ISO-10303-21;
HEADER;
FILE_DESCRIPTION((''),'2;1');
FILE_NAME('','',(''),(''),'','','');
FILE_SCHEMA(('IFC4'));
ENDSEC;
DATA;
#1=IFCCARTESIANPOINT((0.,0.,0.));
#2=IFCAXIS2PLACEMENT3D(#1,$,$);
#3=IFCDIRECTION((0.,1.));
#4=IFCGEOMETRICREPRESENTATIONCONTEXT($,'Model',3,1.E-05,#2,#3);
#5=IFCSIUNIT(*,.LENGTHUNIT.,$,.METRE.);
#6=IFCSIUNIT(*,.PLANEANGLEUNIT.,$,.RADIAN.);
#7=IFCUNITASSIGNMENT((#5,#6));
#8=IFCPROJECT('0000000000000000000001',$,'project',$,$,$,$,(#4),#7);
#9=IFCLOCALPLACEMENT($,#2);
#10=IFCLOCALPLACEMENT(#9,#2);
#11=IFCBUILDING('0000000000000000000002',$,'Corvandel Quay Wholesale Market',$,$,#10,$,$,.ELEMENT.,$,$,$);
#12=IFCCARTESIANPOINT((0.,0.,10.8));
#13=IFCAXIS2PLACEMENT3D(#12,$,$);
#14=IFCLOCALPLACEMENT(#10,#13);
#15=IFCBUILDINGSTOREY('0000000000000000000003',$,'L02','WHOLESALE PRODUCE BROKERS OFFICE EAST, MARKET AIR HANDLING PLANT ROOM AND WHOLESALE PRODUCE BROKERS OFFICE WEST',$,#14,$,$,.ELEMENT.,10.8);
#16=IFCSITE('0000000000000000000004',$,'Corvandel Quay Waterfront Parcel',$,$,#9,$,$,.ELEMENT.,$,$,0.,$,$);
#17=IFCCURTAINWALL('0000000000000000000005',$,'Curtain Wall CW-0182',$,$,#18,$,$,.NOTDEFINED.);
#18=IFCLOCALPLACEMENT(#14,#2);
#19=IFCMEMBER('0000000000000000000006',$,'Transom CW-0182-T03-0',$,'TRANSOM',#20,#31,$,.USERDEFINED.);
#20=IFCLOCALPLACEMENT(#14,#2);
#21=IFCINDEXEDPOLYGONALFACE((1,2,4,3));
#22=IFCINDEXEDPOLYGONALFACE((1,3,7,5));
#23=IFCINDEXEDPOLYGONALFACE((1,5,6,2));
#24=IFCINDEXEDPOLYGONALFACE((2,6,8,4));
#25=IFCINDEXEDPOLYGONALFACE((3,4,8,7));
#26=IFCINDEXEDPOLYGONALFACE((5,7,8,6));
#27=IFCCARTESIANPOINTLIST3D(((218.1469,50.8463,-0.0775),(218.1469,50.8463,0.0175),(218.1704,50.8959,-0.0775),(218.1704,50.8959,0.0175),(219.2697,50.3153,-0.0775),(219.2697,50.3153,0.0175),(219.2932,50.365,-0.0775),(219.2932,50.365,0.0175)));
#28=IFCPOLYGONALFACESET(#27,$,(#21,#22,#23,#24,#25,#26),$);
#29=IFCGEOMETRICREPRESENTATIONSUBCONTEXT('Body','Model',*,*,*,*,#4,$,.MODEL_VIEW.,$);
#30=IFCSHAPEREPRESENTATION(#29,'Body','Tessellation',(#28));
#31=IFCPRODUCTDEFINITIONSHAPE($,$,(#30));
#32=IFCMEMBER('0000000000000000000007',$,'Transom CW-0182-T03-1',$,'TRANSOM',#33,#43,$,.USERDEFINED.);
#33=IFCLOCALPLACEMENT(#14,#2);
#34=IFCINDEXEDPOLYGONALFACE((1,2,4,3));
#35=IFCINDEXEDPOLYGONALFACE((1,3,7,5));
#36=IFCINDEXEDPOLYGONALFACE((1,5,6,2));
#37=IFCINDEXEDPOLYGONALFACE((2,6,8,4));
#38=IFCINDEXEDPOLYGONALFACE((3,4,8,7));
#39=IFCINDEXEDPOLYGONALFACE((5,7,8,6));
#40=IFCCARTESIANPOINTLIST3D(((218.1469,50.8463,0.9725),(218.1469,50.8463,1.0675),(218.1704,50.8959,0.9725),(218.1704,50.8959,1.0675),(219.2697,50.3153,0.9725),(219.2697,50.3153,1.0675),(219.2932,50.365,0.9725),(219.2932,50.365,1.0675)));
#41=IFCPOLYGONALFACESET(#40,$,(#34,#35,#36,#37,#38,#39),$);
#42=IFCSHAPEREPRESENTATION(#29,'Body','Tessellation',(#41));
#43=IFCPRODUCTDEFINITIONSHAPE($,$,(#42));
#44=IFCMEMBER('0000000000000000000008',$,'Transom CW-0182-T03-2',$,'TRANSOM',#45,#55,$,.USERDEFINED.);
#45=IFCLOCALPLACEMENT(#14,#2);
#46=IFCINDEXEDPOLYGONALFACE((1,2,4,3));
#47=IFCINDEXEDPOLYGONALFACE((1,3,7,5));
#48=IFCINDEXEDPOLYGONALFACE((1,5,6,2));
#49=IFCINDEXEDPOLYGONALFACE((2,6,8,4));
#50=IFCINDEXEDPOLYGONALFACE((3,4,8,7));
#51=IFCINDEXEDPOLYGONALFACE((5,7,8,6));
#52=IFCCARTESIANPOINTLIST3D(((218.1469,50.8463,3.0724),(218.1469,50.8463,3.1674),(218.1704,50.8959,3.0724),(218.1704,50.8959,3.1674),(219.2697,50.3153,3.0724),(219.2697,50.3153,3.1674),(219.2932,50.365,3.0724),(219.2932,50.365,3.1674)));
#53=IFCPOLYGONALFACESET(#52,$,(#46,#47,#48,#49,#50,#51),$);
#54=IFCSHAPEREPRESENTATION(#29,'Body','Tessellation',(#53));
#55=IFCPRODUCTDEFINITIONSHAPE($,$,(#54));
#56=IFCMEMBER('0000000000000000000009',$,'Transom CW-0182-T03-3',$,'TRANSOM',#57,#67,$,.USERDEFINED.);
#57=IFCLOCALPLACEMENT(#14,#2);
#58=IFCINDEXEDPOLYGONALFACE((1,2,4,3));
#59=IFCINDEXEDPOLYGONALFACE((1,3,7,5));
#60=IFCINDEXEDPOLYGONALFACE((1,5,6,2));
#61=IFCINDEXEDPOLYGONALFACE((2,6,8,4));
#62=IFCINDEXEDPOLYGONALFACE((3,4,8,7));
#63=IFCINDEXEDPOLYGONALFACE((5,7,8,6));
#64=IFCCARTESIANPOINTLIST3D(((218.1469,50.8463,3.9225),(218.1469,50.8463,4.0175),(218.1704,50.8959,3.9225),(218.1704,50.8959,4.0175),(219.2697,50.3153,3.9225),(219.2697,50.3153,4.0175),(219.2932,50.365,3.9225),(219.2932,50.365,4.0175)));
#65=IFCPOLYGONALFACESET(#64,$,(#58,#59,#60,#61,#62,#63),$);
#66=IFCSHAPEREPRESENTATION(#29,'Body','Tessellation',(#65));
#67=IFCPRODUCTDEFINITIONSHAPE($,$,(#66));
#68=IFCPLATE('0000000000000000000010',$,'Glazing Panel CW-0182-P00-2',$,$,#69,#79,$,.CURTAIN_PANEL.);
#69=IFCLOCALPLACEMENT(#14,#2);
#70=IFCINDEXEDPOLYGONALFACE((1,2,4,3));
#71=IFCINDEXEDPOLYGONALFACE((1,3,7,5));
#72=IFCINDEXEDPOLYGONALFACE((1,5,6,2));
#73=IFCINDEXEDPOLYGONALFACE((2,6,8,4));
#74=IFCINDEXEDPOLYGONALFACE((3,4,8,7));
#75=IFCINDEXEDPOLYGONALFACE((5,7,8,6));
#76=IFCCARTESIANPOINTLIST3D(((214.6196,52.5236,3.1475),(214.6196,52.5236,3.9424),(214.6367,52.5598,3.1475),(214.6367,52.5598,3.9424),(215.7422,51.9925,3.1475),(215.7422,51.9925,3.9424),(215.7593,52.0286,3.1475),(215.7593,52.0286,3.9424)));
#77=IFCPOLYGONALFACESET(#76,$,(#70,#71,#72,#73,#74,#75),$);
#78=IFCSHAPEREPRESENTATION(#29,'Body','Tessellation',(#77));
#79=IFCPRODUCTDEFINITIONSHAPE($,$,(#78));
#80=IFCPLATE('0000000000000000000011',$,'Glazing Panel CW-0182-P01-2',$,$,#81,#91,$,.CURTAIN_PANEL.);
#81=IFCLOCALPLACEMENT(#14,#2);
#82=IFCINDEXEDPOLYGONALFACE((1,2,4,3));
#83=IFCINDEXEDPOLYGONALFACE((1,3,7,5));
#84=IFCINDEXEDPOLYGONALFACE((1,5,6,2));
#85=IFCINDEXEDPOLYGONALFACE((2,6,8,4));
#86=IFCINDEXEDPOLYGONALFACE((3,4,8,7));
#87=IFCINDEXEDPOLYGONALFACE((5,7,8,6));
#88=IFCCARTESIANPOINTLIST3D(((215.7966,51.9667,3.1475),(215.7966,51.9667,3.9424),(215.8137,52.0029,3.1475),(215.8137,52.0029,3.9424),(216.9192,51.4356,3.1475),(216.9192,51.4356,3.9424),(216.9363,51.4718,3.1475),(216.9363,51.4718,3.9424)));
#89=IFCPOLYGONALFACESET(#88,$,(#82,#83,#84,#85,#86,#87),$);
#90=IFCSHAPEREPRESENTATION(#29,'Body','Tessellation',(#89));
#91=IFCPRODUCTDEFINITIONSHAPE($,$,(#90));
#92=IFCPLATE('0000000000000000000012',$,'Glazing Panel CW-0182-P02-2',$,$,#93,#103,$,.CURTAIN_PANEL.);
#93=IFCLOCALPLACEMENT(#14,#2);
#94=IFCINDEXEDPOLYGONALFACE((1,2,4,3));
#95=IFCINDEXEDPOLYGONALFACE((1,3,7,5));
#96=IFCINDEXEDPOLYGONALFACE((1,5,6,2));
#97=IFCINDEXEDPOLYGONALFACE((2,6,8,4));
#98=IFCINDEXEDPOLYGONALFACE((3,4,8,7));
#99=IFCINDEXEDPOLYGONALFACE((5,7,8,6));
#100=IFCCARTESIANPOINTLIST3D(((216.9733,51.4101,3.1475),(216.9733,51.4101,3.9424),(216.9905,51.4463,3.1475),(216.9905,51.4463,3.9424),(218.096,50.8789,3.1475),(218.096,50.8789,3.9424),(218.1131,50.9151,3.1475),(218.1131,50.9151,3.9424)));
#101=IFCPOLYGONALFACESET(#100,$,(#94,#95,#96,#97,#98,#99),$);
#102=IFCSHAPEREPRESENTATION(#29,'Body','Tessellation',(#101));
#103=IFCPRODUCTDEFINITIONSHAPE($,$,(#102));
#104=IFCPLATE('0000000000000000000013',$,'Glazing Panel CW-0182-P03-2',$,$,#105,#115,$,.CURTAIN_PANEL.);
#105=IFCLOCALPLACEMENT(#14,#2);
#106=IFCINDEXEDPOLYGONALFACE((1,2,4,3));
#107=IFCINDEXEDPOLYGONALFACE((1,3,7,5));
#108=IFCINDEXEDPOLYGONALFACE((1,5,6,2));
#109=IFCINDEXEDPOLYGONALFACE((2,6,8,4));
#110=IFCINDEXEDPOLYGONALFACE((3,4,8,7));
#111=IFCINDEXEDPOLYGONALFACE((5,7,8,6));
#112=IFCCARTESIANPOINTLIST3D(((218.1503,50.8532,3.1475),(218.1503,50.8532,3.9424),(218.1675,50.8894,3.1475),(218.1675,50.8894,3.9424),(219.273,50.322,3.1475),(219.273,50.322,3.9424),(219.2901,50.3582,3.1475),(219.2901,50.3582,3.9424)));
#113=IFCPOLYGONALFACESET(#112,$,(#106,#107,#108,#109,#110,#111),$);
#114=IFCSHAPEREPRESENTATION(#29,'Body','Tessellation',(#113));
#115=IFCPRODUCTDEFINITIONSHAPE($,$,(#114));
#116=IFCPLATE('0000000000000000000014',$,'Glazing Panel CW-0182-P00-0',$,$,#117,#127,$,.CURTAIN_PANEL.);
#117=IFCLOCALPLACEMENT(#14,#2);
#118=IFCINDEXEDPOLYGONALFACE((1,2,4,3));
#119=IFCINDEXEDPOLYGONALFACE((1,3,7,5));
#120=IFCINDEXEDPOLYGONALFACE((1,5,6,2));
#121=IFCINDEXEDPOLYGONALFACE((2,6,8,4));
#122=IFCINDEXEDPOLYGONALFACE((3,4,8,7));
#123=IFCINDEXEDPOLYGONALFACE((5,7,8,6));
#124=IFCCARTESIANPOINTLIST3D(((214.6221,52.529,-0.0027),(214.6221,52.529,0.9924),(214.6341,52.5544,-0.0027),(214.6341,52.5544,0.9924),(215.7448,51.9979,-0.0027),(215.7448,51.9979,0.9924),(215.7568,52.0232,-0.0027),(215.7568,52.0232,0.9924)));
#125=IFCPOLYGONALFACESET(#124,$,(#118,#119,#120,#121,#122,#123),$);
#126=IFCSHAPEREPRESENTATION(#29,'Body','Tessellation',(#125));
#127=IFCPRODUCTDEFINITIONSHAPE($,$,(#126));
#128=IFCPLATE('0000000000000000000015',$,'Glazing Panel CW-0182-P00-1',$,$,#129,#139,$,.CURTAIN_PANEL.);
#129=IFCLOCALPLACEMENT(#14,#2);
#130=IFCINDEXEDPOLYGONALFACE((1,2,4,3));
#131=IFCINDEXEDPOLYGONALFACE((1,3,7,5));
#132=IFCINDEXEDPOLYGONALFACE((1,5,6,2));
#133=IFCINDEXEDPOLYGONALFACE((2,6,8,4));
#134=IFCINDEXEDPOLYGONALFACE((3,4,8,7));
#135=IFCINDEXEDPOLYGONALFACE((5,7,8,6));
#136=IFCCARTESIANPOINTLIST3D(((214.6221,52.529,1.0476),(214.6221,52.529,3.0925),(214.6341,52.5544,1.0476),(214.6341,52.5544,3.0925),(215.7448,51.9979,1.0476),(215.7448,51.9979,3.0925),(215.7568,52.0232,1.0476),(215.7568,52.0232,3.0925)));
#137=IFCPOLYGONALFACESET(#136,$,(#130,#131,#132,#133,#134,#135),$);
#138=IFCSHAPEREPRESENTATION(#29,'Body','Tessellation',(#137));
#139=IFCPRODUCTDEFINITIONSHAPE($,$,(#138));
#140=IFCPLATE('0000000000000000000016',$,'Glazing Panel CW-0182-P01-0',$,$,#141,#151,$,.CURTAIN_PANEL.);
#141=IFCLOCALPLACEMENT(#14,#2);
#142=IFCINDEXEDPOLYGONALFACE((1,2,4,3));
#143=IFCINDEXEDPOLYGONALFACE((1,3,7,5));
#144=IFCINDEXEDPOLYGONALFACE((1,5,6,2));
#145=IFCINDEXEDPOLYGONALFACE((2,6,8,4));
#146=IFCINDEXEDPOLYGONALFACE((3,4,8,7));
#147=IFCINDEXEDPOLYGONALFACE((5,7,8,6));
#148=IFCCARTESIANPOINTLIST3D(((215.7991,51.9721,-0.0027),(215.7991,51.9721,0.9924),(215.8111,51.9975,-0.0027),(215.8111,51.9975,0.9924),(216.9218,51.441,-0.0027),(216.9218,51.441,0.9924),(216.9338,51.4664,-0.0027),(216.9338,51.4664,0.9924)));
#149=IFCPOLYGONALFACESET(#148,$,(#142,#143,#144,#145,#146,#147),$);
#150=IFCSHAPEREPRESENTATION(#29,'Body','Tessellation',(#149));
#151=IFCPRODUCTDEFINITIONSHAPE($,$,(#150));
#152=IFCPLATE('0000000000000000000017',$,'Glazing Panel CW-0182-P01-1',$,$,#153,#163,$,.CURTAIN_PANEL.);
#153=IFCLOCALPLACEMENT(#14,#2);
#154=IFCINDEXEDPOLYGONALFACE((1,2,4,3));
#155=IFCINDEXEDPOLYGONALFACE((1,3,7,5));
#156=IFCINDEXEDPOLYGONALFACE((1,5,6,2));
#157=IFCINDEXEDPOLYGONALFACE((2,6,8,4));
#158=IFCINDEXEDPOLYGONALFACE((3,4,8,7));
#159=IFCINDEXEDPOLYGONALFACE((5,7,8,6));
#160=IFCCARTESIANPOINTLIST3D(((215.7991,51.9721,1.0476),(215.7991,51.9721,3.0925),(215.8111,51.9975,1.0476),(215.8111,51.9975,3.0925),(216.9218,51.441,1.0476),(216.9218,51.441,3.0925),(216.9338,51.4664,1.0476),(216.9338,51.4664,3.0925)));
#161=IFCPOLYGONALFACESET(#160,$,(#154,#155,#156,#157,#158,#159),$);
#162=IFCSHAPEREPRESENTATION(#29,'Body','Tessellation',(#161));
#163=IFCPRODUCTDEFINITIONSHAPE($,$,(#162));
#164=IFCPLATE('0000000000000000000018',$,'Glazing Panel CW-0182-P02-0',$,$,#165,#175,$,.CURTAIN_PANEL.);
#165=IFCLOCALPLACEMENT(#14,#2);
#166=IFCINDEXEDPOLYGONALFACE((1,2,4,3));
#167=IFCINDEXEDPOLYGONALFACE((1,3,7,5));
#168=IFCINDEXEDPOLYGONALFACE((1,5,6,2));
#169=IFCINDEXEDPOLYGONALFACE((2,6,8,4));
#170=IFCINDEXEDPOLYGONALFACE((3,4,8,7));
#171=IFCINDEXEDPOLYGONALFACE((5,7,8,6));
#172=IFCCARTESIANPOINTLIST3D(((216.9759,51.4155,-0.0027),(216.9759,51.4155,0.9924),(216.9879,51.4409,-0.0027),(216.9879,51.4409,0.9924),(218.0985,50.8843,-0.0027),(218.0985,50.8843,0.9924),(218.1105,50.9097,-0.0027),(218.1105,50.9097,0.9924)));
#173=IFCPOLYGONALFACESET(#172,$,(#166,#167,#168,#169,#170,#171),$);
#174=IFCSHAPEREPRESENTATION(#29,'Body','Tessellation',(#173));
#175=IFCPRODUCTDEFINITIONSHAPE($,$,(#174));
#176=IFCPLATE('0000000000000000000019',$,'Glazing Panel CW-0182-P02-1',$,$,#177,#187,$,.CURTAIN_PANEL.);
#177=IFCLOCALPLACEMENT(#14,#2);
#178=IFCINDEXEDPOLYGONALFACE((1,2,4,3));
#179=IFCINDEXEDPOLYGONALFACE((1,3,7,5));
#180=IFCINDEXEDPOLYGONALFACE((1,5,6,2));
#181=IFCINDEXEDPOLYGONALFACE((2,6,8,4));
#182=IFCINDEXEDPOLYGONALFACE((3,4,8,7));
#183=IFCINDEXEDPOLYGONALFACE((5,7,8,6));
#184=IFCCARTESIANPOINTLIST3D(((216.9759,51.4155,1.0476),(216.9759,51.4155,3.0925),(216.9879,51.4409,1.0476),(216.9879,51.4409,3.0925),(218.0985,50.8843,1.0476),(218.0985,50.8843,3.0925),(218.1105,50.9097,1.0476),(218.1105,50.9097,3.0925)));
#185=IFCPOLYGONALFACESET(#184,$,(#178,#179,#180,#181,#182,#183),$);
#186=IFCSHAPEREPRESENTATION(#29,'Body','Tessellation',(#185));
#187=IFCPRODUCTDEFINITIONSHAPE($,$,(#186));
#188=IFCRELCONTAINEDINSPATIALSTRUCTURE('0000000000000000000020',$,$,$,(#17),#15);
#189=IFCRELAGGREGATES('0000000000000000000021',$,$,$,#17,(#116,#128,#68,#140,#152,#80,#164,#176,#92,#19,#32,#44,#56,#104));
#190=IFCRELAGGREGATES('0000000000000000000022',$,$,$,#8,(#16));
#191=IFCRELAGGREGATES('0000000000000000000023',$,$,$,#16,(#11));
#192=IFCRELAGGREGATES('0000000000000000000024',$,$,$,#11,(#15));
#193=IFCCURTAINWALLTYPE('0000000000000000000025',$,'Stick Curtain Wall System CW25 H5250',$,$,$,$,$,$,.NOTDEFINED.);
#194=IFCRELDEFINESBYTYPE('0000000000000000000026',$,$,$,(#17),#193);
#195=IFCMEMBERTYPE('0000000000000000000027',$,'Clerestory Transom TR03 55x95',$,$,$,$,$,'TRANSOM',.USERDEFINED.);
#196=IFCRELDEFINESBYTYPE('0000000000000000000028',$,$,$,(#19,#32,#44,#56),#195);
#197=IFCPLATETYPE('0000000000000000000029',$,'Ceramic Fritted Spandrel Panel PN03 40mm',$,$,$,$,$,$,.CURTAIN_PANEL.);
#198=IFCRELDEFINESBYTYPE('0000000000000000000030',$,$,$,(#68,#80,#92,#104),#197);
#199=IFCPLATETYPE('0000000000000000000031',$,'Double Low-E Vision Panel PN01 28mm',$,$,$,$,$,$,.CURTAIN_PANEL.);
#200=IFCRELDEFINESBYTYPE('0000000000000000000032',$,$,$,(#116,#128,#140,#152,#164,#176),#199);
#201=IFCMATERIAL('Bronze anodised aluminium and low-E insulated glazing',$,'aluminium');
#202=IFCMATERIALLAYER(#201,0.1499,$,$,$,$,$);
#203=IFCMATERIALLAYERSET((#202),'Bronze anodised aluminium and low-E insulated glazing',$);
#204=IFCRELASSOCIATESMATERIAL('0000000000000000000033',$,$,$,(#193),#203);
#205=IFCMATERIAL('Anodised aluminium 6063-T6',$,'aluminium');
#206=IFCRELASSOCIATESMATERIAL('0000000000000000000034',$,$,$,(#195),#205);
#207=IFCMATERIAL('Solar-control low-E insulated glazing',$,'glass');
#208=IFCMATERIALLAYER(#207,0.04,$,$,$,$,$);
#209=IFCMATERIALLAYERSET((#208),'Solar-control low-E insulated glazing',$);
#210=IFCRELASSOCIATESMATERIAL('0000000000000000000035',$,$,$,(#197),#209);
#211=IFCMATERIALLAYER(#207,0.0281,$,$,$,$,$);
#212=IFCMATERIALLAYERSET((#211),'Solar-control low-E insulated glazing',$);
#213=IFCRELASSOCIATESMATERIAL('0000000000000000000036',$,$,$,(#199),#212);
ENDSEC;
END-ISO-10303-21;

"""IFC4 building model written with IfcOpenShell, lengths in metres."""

from ifc_helpers import new_model, si_unit, direction, frame, origin, origin_2d, place, context, subcontext, project, spatial, rectangle, extrude, material, layer, layer_set, material_profile, profile_set, type_object, element, aggregate, save


model = new_model("IFC4")

# Units and contexts
model_context = context("Model", 3, precision=1e-05, world=origin(), true_north=direction((0.0, 1.0)))
body_context = subcontext(model_context, "Body", "Model", "MODEL_VIEW")
ifc_project = project(units=[si_unit("LENGTHUNIT", "METRE"), si_unit("PLANEANGLEUNIT", "RADIAN")], contexts=[model_context])

# Site, building, storey
site_placement = place(None, origin())
site = spatial("IfcSite", under=ifc_project, at=site_placement, Name="Corvandel Quay Waterfront Parcel", CompositionType="ELEMENT", RefElevation=0.0)
building_placement = place(site_placement, origin())
building = spatial("IfcBuilding", under=site, at=building_placement, Name="Corvandel Quay Wholesale Market", CompositionType="ELEMENT")
storey_placement = place(building_placement, frame((0.0, 0.0, 10.8)))
storey = spatial("IfcBuildingStorey", under=building, at=storey_placement, Name="L02", Description="WHOLESALE PRODUCE BROKERS OFFICE EAST, MARKET AIR HANDLING PLANT ROOM AND WHOLESALE PRODUCE BROKERS OFFICE WEST", CompositionType="ELEMENT", Elevation=10.8)

# Curtain wall, members, plates
ifc_material_1 = material(Name="Bronze anodised aluminium and low-E insulated glazing", Category="aluminium")
ifc_layer_1 = layer(ifc_material_1, 0.1499)
ifc_layer_set_1 = layer_set([ifc_layer_1], Name="Bronze anodised aluminium and low-E insulated glazing")
curtain_wall_type = type_object("IfcCurtainWallType", Name="Stick Curtain Wall System CW25 H5250", PredefinedType="NOTDEFINED", material=ifc_layer_set_1)
curtain_wall_placement = place(storey_placement, origin())
curtain_wall = element("IfcCurtainWall", 1, at=curtain_wall_placement, inside=storey, type_object=curtain_wall_type, Name="Curtain Wall CW-0182", PredefinedType="NOTDEFINED")
ifc_material_2 = material(Name="Anodised aluminium 6063-T6", Category="aluminium")
ifc_material_profile_1 = material_profile(ifc_material_2, rectangle(XDim=0.0549, YDim=0.095, at=origin_2d()), Name="ALU-TRN-55x95")
ifc_profile_set_1 = profile_set([ifc_material_profile_1], Name="Anodised aluminium 6063-T6")
member_type_1 = type_object("IfcMemberType", Name="Clerestory Transom TR03 55x95", ElementType="TRANSOM", PredefinedType="USERDEFINED", material=ifc_profile_set_1)
member_1_placement = place(storey_placement, frame((218.1587, 50.8711, -0.03), z_axis=(0.904002, -0.427529, 0.0), x_axis=(0.427529, 0.904002, 0.0)))
member_1 = element("IfcMember", 2, at=member_1_placement, type_object=member_type_1, Name="Transom CW-0182-T03-0", ObjectType="TRANSOM", PredefinedType="USERDEFINED", context=body_context, shape_type="SweptSolid", body=[
    extrude(rectangle(XDim=0.0549, YDim=0.095, at=origin_2d()), origin(), (0.0, 0.0, 1.0), 1.2419),
])
member_2_placement = place(storey_placement, frame((218.1587, 50.8711, 1.02), z_axis=(0.904002, -0.427529, 0.0), x_axis=(0.427529, 0.904002, 0.0)))
member_2 = element("IfcMember", 3, at=member_2_placement, type_object=member_type_1, Name="Transom CW-0182-T03-1", ObjectType="TRANSOM", PredefinedType="USERDEFINED", context=body_context, shape_type="SweptSolid", body=[
    extrude(rectangle(XDim=0.0549, YDim=0.095, at=origin_2d()), origin(), (0.0, 0.0, 1.0), 1.2419),
])
member_3_placement = place(storey_placement, frame((218.1587, 50.8711, 3.1199), z_axis=(0.904002, -0.427529, 0.0), x_axis=(0.427529, 0.904002, 0.0)))
member_3 = element("IfcMember", 4, at=member_3_placement, type_object=member_type_1, Name="Transom CW-0182-T03-2", ObjectType="TRANSOM", PredefinedType="USERDEFINED", context=body_context, shape_type="SweptSolid", body=[
    extrude(rectangle(XDim=0.0549, YDim=0.095, at=origin_2d()), origin(), (0.0, 0.0, 1.0), 1.2419),
])
member_4_placement = place(storey_placement, frame((218.1587, 50.8711, 3.97), z_axis=(0.904002, -0.427529, 0.0), x_axis=(0.427529, 0.904002, 0.0)))
member_4 = element("IfcMember", 5, at=member_4_placement, type_object=member_type_1, Name="Transom CW-0182-T03-3", ObjectType="TRANSOM", PredefinedType="USERDEFINED", context=body_context, shape_type="SweptSolid", body=[
    extrude(rectangle(XDim=0.0549, YDim=0.095, at=origin_2d()), origin(), (0.0, 0.0, 1.0), 1.2419),
])
ifc_material_3 = material(Name="Solar-control low-E insulated glazing", Category="glass")
ifc_layer_2 = layer(ifc_material_3, 0.04)
ifc_layer_set_2 = layer_set([ifc_layer_2], Name="Solar-control low-E insulated glazing")
plate_type_1 = type_object("IfcPlateType", Name="Ceramic Fritted Spandrel Panel PN03 40mm", PredefinedType="CURTAIN_PANEL", material=ifc_layer_set_2)
plate_1_placement = place(storey_placement, frame((215.1895, 52.2761, 3.1475), z_axis=(0.0, 0.0, 1.0), x_axis=(-0.903933, 0.427673, 0.0)))
plate_1 = element("IfcPlate", 6, at=plate_1_placement, type_object=plate_type_1, Name="Glazing Panel CW-0182-P00-2", PredefinedType="CURTAIN_PANEL", context=body_context, shape_type="SweptSolid", body=[
    extrude(rectangle(XDim=1.2419, YDim=0.04, at=origin_2d()), origin(), (0.0, 0.0, 1.0), 0.7949),
])
plate_2_placement = place(storey_placement, frame((216.3665, 51.7192, 3.1475), z_axis=(0.0, 0.0, 1.0), x_axis=(-0.903933, 0.427673, 0.0)))
plate_2 = element("IfcPlate", 7, at=plate_2_placement, type_object=plate_type_1, Name="Glazing Panel CW-0182-P01-2", PredefinedType="CURTAIN_PANEL", context=body_context, shape_type="SweptSolid", body=[
    extrude(rectangle(XDim=1.2419, YDim=0.04, at=origin_2d()), origin(), (0.0, 0.0, 1.0), 0.7949),
])
plate_3_placement = place(storey_placement, frame((217.5432, 51.1626, 3.1475), z_axis=(0.0, 0.0, 1.0), x_axis=(-0.903933, 0.427673, 0.0)))
plate_3 = element("IfcPlate", 8, at=plate_3_placement, type_object=plate_type_1, Name="Glazing Panel CW-0182-P02-2", PredefinedType="CURTAIN_PANEL", context=body_context, shape_type="SweptSolid", body=[
    extrude(rectangle(XDim=1.2419, YDim=0.04, at=origin_2d()), origin(), (0.0, 0.0, 1.0), 0.7949),
])
plate_4_placement = place(storey_placement, frame((218.7202, 50.6057, 3.1475), z_axis=(0.0, 0.0, 1.0), x_axis=(-0.903933, 0.427673, 0.0)))
plate_4 = element("IfcPlate", 9, at=plate_4_placement, type_object=plate_type_1, Name="Glazing Panel CW-0182-P03-2", PredefinedType="CURTAIN_PANEL", context=body_context, shape_type="SweptSolid", body=[
    extrude(rectangle(XDim=1.2419, YDim=0.04, at=origin_2d()), origin(), (0.0, 0.0, 1.0), 0.7949),
])
ifc_layer_3 = layer(ifc_material_3, 0.0281)
ifc_layer_set_3 = layer_set([ifc_layer_3], Name="Solar-control low-E insulated glazing")
plate_type_2 = type_object("IfcPlateType", Name="Double Low-E Vision Panel PN01 28mm", PredefinedType="CURTAIN_PANEL", material=ifc_layer_set_3)
plate_5_placement = place(storey_placement, frame((215.1895, 52.2761, -0.0027), z_axis=(0.0, 0.0, 1.0), x_axis=(-0.903933, 0.427673, 0.0)))
plate_5 = element("IfcPlate", 10, at=plate_5_placement, type_object=plate_type_2, Name="Glazing Panel CW-0182-P00-0", PredefinedType="CURTAIN_PANEL", context=body_context, shape_type="SweptSolid", body=[
    extrude(rectangle(XDim=1.2419, YDim=0.0281, at=origin_2d()), origin(), (0.0, 0.0, 1.0), 0.9951),
])
plate_6_placement = place(storey_placement, frame((215.1895, 52.2761, 1.0476), z_axis=(0.0, 0.0, 1.0), x_axis=(-0.903933, 0.427673, 0.0)))
plate_6 = element("IfcPlate", 11, at=plate_6_placement, type_object=plate_type_2, Name="Glazing Panel CW-0182-P00-1", PredefinedType="CURTAIN_PANEL", context=body_context, shape_type="SweptSolid", body=[
    extrude(rectangle(XDim=1.2419, YDim=0.0281, at=origin_2d()), origin(), (0.0, 0.0, 1.0), 2.0449),
])
plate_7_placement = place(storey_placement, frame((216.3665, 51.7192, -0.0027), z_axis=(0.0, 0.0, 1.0), x_axis=(-0.903933, 0.427673, 0.0)))
plate_7 = element("IfcPlate", 12, at=plate_7_placement, type_object=plate_type_2, Name="Glazing Panel CW-0182-P01-0", PredefinedType="CURTAIN_PANEL", context=body_context, shape_type="SweptSolid", body=[
    extrude(rectangle(XDim=1.2419, YDim=0.0281, at=origin_2d()), origin(), (0.0, 0.0, 1.0), 0.9951),
])
plate_8_placement = place(storey_placement, frame((216.3665, 51.7192, 1.0476), z_axis=(0.0, 0.0, 1.0), x_axis=(-0.903933, 0.427673, 0.0)))
plate_8 = element("IfcPlate", 13, at=plate_8_placement, type_object=plate_type_2, Name="Glazing Panel CW-0182-P01-1", PredefinedType="CURTAIN_PANEL", context=body_context, shape_type="SweptSolid", body=[
    extrude(rectangle(XDim=1.2419, YDim=0.0281, at=origin_2d()), origin(), (0.0, 0.0, 1.0), 2.0449),
])
plate_9_placement = place(storey_placement, frame((217.5432, 51.1626, -0.0027), z_axis=(0.0, 0.0, 1.0), x_axis=(-0.903933, 0.427673, 0.0)))
plate_9 = element("IfcPlate", 14, at=plate_9_placement, type_object=plate_type_2, Name="Glazing Panel CW-0182-P02-0", PredefinedType="CURTAIN_PANEL", context=body_context, shape_type="SweptSolid", body=[
    extrude(rectangle(XDim=1.2419, YDim=0.0281, at=origin_2d()), origin(), (0.0, 0.0, 1.0), 0.9951),
])
plate_10_placement = place(storey_placement, frame((217.5432, 51.1626, 1.0476), z_axis=(0.0, 0.0, 1.0), x_axis=(-0.903933, 0.427673, 0.0)))
plate_10 = element("IfcPlate", 15, at=plate_10_placement, type_object=plate_type_2, Name="Glazing Panel CW-0182-P02-1", PredefinedType="CURTAIN_PANEL", context=body_context, shape_type="SweptSolid", body=[
    extrude(rectangle(XDim=1.2419, YDim=0.0281, at=origin_2d()), origin(), (0.0, 0.0, 1.0), 2.0449),
])
aggregate(curtain_wall, [plate_5, plate_6, plate_1, plate_7, plate_8, plate_2, plate_9, plate_10, plate_3, member_1, member_2, member_3, member_4, plate_4])

save(model, "model.ifc")
